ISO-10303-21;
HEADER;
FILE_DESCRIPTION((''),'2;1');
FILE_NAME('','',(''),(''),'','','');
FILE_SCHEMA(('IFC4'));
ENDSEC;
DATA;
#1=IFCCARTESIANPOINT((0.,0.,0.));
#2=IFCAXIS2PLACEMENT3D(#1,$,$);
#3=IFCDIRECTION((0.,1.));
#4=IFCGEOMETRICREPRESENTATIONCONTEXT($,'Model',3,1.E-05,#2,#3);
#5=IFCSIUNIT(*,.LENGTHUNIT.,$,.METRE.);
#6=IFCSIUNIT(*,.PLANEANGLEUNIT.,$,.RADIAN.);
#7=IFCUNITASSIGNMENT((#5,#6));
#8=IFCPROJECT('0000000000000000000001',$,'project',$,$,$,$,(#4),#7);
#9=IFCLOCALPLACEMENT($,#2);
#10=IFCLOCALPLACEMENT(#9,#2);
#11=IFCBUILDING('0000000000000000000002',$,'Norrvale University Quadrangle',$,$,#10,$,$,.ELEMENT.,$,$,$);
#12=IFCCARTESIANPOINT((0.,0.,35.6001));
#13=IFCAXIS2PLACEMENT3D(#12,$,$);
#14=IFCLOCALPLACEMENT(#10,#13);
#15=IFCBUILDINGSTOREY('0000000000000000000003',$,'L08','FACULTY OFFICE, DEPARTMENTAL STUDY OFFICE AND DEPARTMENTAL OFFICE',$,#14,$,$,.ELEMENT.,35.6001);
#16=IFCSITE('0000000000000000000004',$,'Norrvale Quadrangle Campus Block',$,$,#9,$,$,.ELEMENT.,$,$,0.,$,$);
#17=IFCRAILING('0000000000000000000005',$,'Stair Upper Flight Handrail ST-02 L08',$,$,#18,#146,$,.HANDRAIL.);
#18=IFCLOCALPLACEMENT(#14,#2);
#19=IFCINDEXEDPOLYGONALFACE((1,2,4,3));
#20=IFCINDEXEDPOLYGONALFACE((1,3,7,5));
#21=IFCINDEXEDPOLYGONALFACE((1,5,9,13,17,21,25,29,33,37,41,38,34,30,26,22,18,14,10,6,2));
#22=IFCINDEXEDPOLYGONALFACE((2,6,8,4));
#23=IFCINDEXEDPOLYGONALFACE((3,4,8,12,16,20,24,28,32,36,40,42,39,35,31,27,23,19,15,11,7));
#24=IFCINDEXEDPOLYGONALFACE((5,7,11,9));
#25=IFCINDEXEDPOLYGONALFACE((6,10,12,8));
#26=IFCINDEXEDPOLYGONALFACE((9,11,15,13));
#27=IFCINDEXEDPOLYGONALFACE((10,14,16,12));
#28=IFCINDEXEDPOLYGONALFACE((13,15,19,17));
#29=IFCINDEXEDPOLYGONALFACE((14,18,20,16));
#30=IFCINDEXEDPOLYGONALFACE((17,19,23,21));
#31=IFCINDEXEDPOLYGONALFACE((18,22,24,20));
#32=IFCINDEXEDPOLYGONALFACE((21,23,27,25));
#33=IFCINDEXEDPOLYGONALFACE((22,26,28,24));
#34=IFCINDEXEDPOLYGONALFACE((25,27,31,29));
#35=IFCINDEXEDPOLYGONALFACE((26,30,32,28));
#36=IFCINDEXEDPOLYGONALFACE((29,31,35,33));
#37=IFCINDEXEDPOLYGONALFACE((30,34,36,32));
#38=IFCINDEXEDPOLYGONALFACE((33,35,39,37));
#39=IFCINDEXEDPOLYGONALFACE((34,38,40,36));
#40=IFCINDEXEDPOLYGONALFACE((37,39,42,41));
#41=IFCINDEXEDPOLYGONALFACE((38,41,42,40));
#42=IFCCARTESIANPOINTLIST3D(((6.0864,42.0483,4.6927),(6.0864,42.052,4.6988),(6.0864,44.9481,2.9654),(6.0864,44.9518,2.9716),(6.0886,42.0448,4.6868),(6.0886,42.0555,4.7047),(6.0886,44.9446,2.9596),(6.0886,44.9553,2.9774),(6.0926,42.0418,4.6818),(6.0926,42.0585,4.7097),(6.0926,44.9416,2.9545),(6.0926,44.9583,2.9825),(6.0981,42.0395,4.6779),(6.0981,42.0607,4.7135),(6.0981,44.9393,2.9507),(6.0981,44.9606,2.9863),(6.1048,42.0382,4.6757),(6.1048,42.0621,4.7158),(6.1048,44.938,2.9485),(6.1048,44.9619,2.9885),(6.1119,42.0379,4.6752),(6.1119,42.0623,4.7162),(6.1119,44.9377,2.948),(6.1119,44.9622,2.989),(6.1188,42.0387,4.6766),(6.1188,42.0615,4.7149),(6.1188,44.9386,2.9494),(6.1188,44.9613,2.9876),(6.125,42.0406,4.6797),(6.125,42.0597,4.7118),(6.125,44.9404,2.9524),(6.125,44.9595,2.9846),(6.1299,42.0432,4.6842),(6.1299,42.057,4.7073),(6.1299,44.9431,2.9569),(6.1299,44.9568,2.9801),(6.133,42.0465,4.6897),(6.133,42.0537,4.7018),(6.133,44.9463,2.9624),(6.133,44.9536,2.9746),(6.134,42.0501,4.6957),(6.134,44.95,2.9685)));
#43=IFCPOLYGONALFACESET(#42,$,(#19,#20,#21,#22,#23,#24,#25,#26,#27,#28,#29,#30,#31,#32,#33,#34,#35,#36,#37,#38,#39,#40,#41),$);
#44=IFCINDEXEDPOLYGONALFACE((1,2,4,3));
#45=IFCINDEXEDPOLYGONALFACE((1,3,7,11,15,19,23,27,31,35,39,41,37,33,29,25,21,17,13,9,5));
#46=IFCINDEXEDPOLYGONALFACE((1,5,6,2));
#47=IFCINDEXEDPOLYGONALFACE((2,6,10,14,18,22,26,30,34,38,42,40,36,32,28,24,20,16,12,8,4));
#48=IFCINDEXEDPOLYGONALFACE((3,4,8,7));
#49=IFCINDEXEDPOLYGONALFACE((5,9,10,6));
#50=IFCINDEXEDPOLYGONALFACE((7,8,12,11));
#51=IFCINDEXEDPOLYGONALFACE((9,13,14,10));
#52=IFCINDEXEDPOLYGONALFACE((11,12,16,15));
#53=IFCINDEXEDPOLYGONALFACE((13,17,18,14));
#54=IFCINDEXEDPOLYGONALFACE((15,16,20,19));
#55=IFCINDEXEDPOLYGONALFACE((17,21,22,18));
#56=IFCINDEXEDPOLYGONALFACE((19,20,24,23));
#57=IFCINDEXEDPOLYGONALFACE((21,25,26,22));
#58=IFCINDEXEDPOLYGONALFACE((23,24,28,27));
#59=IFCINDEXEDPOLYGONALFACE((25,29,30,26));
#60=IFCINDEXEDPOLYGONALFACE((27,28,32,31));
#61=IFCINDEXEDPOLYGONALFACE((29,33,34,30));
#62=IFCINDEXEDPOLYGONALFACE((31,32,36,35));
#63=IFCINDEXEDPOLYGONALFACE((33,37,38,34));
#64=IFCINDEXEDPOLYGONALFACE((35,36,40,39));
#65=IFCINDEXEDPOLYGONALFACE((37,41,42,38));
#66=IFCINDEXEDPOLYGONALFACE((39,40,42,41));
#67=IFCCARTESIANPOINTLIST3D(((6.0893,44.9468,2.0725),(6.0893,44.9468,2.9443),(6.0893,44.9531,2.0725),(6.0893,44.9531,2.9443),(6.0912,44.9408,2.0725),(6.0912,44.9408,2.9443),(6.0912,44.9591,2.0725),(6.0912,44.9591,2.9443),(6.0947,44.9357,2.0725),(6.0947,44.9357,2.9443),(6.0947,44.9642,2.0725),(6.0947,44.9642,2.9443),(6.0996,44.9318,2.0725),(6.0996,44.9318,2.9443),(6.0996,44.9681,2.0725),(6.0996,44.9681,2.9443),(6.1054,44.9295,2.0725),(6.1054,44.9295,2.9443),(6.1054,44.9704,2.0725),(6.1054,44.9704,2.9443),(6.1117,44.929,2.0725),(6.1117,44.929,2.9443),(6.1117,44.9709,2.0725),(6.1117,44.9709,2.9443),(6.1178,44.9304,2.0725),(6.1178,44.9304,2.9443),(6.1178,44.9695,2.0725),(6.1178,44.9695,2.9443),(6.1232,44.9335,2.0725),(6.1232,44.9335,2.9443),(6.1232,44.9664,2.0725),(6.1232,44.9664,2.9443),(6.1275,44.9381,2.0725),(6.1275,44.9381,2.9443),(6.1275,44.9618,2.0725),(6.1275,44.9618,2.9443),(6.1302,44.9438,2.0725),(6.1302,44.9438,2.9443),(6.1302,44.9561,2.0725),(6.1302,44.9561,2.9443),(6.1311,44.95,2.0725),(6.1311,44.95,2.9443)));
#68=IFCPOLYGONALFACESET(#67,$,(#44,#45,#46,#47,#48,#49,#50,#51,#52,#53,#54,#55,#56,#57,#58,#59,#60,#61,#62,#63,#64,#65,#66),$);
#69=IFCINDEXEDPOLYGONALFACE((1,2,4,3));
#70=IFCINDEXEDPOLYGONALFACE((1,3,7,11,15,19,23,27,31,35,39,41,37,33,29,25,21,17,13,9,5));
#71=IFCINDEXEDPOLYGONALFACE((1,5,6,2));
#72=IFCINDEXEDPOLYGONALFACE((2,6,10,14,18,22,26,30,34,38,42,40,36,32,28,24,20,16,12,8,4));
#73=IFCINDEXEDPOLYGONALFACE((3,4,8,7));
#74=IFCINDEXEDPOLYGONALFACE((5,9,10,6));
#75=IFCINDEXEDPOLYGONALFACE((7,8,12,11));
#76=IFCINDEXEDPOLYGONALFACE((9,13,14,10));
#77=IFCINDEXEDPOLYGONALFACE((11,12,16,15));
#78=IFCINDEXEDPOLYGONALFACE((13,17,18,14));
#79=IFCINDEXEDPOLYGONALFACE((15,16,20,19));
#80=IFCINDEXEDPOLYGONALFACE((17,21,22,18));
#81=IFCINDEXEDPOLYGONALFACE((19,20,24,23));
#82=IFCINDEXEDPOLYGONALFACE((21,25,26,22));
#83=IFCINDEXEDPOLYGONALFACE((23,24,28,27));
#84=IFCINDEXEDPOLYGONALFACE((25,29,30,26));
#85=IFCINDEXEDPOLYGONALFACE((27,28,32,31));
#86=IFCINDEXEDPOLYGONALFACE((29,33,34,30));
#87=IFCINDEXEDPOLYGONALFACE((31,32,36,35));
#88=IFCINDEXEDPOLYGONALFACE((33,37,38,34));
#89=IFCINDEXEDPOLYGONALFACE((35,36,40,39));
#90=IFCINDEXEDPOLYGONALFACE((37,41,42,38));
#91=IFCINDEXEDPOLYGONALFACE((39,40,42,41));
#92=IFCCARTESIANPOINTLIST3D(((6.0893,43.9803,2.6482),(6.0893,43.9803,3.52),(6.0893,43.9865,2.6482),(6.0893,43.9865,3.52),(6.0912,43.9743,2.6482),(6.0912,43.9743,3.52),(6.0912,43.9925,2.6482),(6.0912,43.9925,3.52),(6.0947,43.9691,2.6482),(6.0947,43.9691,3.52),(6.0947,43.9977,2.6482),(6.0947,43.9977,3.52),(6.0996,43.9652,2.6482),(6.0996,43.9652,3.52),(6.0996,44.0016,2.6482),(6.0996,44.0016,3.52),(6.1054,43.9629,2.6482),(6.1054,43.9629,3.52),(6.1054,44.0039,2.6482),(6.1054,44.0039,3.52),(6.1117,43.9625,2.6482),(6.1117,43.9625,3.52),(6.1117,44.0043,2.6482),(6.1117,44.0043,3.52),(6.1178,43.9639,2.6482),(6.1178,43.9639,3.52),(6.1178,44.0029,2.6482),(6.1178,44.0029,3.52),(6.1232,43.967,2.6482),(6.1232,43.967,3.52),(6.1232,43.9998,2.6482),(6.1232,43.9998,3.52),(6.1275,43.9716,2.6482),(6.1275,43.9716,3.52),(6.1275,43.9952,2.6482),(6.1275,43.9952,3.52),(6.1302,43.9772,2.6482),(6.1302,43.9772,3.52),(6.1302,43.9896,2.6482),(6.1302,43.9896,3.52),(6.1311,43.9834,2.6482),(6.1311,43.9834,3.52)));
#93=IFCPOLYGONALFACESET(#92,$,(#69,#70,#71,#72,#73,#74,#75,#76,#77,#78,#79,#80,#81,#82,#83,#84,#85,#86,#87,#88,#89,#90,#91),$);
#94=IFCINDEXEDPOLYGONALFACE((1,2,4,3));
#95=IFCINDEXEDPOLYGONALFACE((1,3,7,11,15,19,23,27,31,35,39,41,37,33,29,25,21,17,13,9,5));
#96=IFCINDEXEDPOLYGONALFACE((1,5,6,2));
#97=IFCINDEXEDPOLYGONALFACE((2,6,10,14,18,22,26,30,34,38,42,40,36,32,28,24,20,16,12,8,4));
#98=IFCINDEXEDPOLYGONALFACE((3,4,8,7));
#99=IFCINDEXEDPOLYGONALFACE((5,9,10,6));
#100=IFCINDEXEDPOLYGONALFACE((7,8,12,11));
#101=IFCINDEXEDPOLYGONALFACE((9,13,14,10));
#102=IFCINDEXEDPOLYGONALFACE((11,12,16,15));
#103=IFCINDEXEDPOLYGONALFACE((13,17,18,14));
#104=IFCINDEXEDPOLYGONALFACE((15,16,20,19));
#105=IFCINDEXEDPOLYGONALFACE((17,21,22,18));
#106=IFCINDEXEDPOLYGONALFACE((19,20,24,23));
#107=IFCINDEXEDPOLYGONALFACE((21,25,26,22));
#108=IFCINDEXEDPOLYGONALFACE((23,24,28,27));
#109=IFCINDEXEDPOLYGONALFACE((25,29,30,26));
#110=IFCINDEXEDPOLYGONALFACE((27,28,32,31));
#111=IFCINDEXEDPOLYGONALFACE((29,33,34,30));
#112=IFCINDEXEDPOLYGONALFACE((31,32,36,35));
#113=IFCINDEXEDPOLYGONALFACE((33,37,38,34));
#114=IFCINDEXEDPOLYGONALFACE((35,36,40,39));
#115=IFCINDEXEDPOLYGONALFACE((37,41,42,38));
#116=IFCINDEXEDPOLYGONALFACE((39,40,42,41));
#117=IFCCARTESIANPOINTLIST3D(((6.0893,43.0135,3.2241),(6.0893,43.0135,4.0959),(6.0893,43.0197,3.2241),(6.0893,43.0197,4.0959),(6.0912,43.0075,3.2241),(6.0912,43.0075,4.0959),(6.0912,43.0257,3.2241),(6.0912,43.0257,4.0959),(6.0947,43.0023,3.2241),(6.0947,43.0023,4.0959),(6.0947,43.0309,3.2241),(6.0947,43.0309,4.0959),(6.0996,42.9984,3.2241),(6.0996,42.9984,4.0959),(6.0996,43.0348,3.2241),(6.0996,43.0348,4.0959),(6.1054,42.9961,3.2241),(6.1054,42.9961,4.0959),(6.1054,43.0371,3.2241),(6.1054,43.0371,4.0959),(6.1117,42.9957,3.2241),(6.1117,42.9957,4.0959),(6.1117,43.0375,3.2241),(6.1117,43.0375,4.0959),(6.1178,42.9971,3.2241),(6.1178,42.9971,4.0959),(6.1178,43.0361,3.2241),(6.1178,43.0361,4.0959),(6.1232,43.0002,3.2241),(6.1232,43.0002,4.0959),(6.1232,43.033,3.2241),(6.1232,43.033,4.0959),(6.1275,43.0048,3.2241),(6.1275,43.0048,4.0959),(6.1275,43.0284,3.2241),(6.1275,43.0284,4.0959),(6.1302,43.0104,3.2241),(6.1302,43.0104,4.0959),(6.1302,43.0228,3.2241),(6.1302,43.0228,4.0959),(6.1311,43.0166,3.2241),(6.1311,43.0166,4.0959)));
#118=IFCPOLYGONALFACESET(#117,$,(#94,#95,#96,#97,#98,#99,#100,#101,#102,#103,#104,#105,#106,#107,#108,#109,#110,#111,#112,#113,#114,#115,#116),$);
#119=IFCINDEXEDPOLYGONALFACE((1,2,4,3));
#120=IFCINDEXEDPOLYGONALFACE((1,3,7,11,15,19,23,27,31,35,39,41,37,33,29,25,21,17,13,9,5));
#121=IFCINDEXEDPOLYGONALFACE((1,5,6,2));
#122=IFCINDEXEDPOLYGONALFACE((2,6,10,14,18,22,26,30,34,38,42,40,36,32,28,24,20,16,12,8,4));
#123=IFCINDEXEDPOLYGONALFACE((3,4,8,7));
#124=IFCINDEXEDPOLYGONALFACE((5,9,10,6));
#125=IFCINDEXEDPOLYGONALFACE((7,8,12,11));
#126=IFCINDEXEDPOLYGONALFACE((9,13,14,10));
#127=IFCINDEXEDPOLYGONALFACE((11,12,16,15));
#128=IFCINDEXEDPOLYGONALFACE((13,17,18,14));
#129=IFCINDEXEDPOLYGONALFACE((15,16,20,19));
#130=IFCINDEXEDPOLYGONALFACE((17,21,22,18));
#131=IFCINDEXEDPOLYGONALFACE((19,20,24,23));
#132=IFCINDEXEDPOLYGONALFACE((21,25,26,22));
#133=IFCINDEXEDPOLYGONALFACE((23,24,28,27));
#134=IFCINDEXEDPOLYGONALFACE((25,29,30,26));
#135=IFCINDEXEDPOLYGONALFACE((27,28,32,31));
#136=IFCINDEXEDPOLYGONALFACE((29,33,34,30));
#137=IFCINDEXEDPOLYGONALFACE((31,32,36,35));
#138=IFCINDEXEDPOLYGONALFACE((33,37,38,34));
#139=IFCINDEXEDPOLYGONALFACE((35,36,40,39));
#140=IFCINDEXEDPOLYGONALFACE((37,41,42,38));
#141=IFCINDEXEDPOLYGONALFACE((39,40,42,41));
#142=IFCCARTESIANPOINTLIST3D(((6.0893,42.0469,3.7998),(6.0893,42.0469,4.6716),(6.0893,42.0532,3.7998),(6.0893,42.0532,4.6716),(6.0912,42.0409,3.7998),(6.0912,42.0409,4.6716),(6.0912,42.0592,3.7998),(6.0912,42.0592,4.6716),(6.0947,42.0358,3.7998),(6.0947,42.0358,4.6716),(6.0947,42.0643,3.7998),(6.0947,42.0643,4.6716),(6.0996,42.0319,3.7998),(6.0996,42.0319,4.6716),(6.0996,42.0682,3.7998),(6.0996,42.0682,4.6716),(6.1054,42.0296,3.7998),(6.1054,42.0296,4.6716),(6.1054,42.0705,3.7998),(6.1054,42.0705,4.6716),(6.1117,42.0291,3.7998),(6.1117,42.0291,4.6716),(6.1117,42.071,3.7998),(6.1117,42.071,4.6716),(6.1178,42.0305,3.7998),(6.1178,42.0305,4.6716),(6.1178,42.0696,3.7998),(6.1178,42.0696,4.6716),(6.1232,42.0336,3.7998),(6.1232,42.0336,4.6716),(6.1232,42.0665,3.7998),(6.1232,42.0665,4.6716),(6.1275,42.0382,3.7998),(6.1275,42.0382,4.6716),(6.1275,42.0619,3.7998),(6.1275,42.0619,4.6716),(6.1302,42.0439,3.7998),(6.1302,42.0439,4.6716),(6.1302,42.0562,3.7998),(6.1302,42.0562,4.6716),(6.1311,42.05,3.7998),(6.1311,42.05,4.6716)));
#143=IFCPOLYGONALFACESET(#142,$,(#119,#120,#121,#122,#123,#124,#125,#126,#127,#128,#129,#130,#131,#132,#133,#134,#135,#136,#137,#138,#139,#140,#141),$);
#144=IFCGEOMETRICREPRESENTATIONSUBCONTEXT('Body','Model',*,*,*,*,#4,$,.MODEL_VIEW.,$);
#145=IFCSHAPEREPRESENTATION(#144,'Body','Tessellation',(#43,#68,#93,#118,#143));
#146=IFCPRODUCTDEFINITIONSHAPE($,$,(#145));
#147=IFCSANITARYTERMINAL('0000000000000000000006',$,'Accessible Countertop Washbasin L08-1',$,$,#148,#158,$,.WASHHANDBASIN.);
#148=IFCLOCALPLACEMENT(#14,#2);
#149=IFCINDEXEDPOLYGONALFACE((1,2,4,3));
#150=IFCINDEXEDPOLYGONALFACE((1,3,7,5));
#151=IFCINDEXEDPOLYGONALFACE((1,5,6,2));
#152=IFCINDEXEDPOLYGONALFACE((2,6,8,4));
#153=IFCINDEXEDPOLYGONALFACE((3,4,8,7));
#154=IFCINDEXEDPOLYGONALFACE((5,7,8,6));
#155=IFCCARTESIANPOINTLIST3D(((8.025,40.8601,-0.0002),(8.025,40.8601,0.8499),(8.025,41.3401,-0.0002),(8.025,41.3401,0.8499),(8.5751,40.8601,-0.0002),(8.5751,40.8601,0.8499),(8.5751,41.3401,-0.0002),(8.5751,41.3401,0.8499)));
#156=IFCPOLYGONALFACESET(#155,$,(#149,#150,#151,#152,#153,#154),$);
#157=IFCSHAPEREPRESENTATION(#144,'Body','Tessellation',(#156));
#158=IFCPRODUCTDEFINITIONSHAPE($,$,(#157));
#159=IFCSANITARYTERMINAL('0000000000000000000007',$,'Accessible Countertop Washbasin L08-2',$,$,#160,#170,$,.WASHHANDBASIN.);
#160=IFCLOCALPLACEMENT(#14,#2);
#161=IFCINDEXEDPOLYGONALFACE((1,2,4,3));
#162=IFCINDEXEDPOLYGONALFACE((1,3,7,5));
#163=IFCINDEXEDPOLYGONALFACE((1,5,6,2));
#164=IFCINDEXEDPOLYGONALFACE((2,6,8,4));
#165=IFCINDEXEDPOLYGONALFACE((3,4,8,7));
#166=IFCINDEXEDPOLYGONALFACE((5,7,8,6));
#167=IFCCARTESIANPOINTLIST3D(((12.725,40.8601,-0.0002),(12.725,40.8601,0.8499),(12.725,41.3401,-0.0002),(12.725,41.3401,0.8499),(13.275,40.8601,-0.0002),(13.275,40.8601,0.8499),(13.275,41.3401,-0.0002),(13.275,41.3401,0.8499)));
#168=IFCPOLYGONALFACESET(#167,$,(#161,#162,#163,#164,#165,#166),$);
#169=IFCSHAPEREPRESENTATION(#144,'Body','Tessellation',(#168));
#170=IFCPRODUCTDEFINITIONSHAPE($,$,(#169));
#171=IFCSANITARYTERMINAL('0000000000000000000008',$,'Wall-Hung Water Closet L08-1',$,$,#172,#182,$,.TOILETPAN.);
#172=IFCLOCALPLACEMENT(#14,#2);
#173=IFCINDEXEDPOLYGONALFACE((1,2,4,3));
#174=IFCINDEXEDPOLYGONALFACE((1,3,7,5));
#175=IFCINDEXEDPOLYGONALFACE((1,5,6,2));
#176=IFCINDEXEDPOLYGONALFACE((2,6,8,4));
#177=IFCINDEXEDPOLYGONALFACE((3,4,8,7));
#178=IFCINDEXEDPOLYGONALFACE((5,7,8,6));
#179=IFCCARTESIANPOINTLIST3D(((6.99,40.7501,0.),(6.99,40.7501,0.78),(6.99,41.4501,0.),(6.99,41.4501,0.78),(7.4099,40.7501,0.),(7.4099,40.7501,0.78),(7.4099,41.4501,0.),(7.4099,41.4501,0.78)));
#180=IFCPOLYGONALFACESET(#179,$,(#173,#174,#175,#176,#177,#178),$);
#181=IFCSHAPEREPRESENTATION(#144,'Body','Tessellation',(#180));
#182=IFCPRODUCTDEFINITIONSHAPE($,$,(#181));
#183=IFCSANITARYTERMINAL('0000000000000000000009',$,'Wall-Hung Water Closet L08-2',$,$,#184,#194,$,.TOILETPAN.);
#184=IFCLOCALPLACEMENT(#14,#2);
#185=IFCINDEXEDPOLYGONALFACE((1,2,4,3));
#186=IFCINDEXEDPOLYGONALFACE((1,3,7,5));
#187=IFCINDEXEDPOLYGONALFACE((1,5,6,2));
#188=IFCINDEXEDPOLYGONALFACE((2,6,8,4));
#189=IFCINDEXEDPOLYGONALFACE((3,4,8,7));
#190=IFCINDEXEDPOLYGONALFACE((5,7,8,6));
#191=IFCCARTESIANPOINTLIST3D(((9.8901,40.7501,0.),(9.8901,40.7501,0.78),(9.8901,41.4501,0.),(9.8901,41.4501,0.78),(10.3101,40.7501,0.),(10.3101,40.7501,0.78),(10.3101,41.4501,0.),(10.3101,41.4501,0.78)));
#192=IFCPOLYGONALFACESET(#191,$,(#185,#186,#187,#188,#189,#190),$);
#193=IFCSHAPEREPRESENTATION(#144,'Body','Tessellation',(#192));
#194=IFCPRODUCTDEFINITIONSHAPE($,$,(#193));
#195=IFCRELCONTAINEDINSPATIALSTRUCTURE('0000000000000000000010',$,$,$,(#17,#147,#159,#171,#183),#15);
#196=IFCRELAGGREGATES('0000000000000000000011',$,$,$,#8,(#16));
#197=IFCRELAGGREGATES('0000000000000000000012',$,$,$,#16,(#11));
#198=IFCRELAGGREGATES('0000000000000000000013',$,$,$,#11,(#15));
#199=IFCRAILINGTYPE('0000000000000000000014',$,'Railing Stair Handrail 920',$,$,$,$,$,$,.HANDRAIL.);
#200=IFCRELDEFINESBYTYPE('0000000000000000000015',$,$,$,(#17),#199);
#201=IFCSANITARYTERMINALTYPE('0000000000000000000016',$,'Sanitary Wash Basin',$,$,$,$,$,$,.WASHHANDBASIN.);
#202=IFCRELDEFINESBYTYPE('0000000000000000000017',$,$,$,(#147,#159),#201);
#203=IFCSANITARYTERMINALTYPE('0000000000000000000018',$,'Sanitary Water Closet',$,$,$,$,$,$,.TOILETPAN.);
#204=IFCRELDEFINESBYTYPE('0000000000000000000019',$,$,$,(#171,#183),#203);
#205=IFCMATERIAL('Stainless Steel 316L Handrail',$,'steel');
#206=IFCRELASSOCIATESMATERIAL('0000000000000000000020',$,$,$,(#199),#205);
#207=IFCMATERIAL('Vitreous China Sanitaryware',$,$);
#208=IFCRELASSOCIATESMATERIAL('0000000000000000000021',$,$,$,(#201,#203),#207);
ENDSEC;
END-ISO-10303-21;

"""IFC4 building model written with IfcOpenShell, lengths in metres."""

from ifc_helpers import new_model, si_unit, direction, frame, origin, origin_2d, place, context, subcontext, project, spatial, rectangle, circle, extrude, material, type_object, element, save


model = new_model("IFC4")

# Units and contexts
model_context = context("Model", 3, precision=1e-05, world=origin(), true_north=direction((0.0, 1.0)))
body_context = subcontext(model_context, "Body", "Model", "MODEL_VIEW")
ifc_project = project(units=[si_unit("LENGTHUNIT", "METRE"), si_unit("PLANEANGLEUNIT", "RADIAN")], contexts=[model_context])

# Site, building, storey
site_placement = place(None, origin())
site = spatial("IfcSite", under=ifc_project, at=site_placement, Name="Norrvale Quadrangle Campus Block", CompositionType="ELEMENT", RefElevation=0.0)
building_placement = place(site_placement, origin())
building = spatial("IfcBuilding", under=site, at=building_placement, Name="Norrvale University Quadrangle", CompositionType="ELEMENT")
storey_placement = place(building_placement, frame((0.0, 0.0, 35.6001)))
storey = spatial("IfcBuildingStorey", under=building, at=storey_placement, Name="L08", Description="FACULTY OFFICE, DEPARTMENTAL STUDY OFFICE AND DEPARTMENTAL OFFICE", CompositionType="ELEMENT", Elevation=35.6001)

# Railing
ifc_material_1 = material(Name="Stainless Steel 316L Handrail", Category="steel")
railing_type_1 = type_object("IfcRailingType", Name="Railing Stair Handrail 920", PredefinedType="HANDRAIL", material=ifc_material_1)
railing_1_placement = place(storey_placement, frame((6.1101, 44.95, 2.0725)))
element("IfcRailing", 1, at=railing_1_placement, inside=storey, type_object=railing_type_1, Name="Stair Upper Flight Handrail ST-02 L08", PredefinedType="HANDRAIL", context=body_context, shape_type="SweptSolid", body=[
    extrude(circle(Radius=0.0239, at=origin_2d()), frame((0.0, 0.0, 0.896), z_axis=(0.0, -0.859141, 0.511738), x_axis=(1.0, 0.0, 0.0)), (0.0, 0.0, 1.0), 3.3752),
    extrude(circle(Radius=0.021, at=origin_2d()), origin(), (0.0, 0.0, 1.0), 0.8718),
    extrude(circle(Radius=0.021, at=origin_2d()), frame((0.0, -0.9666, 0.5757)), (0.0, 0.0, 1.0), 0.8718),
    extrude(circle(Radius=0.021, at=origin_2d()), frame((0.0, -1.9333, 1.1516)), (0.0, 0.0, 1.0), 0.8718),
    extrude(circle(Radius=0.021, at=origin_2d()), frame((0.0, -2.8999, 1.7273)), (0.0, 0.0, 1.0), 0.8718),
])

# Sanitary terminals
ifc_material_2 = material(Name="Vitreous China Sanitaryware")
sanitary_terminal_type_1 = type_object("IfcSanitaryTerminalType", Name="Sanitary Wash Basin", PredefinedType="WASHHANDBASIN", material=ifc_material_2)
for number, where, z_axis, x_axis, name in (
    (2, (8.3, 41.1001, -0.0002), (0.0, 0.0, 1.0), (1.0, 0.0, 0.0), "Accessible Countertop Washbasin L08-1"),
    (3, (13.0, 41.1001, -0.0002), (0.0, 0.0, 1.0), (1.0, 0.0, 0.0), "Accessible Countertop Washbasin L08-2"),
):
    element("IfcSanitaryTerminal", number, at=place(storey_placement, frame(where, z_axis=z_axis, x_axis=x_axis)), inside=storey, type_object=sanitary_terminal_type_1, Name=name, PredefinedType="WASHHANDBASIN", context=body_context, shape_type="SweptSolid", body=[
        extrude(rectangle(XDim=0.55, YDim=0.48, at=origin_2d()), origin(), (0.0, 0.0, 1.0), 0.8501),
    ])
sanitary_terminal_type_2 = type_object("IfcSanitaryTerminalType", Name="Sanitary Water Closet", PredefinedType="TOILETPAN", material=ifc_material_2)
for number, where, z_axis, x_axis, name in (
    (4, (7.2, 41.1001, 0.0), (0.0, 0.0, 1.0), (1.0, 0.0, 0.0), "Wall-Hung Water Closet L08-1"),
    (5, (10.1001, 41.1001, 0.0), (0.0, 0.0, 1.0), (1.0, 0.0, 0.0), "Wall-Hung Water Closet L08-2"),
):
    element("IfcSanitaryTerminal", number, at=place(storey_placement, frame(where, z_axis=z_axis, x_axis=x_axis)), inside=storey, type_object=sanitary_terminal_type_2, Name=name, PredefinedType="TOILETPAN", context=body_context, shape_type="SweptSolid", body=[
        extrude(rectangle(XDim=0.4199, YDim=0.7, at=origin_2d()), origin(), (0.0, 0.0, 1.0), 0.78),
    ])

save(model, "model.ifc")
